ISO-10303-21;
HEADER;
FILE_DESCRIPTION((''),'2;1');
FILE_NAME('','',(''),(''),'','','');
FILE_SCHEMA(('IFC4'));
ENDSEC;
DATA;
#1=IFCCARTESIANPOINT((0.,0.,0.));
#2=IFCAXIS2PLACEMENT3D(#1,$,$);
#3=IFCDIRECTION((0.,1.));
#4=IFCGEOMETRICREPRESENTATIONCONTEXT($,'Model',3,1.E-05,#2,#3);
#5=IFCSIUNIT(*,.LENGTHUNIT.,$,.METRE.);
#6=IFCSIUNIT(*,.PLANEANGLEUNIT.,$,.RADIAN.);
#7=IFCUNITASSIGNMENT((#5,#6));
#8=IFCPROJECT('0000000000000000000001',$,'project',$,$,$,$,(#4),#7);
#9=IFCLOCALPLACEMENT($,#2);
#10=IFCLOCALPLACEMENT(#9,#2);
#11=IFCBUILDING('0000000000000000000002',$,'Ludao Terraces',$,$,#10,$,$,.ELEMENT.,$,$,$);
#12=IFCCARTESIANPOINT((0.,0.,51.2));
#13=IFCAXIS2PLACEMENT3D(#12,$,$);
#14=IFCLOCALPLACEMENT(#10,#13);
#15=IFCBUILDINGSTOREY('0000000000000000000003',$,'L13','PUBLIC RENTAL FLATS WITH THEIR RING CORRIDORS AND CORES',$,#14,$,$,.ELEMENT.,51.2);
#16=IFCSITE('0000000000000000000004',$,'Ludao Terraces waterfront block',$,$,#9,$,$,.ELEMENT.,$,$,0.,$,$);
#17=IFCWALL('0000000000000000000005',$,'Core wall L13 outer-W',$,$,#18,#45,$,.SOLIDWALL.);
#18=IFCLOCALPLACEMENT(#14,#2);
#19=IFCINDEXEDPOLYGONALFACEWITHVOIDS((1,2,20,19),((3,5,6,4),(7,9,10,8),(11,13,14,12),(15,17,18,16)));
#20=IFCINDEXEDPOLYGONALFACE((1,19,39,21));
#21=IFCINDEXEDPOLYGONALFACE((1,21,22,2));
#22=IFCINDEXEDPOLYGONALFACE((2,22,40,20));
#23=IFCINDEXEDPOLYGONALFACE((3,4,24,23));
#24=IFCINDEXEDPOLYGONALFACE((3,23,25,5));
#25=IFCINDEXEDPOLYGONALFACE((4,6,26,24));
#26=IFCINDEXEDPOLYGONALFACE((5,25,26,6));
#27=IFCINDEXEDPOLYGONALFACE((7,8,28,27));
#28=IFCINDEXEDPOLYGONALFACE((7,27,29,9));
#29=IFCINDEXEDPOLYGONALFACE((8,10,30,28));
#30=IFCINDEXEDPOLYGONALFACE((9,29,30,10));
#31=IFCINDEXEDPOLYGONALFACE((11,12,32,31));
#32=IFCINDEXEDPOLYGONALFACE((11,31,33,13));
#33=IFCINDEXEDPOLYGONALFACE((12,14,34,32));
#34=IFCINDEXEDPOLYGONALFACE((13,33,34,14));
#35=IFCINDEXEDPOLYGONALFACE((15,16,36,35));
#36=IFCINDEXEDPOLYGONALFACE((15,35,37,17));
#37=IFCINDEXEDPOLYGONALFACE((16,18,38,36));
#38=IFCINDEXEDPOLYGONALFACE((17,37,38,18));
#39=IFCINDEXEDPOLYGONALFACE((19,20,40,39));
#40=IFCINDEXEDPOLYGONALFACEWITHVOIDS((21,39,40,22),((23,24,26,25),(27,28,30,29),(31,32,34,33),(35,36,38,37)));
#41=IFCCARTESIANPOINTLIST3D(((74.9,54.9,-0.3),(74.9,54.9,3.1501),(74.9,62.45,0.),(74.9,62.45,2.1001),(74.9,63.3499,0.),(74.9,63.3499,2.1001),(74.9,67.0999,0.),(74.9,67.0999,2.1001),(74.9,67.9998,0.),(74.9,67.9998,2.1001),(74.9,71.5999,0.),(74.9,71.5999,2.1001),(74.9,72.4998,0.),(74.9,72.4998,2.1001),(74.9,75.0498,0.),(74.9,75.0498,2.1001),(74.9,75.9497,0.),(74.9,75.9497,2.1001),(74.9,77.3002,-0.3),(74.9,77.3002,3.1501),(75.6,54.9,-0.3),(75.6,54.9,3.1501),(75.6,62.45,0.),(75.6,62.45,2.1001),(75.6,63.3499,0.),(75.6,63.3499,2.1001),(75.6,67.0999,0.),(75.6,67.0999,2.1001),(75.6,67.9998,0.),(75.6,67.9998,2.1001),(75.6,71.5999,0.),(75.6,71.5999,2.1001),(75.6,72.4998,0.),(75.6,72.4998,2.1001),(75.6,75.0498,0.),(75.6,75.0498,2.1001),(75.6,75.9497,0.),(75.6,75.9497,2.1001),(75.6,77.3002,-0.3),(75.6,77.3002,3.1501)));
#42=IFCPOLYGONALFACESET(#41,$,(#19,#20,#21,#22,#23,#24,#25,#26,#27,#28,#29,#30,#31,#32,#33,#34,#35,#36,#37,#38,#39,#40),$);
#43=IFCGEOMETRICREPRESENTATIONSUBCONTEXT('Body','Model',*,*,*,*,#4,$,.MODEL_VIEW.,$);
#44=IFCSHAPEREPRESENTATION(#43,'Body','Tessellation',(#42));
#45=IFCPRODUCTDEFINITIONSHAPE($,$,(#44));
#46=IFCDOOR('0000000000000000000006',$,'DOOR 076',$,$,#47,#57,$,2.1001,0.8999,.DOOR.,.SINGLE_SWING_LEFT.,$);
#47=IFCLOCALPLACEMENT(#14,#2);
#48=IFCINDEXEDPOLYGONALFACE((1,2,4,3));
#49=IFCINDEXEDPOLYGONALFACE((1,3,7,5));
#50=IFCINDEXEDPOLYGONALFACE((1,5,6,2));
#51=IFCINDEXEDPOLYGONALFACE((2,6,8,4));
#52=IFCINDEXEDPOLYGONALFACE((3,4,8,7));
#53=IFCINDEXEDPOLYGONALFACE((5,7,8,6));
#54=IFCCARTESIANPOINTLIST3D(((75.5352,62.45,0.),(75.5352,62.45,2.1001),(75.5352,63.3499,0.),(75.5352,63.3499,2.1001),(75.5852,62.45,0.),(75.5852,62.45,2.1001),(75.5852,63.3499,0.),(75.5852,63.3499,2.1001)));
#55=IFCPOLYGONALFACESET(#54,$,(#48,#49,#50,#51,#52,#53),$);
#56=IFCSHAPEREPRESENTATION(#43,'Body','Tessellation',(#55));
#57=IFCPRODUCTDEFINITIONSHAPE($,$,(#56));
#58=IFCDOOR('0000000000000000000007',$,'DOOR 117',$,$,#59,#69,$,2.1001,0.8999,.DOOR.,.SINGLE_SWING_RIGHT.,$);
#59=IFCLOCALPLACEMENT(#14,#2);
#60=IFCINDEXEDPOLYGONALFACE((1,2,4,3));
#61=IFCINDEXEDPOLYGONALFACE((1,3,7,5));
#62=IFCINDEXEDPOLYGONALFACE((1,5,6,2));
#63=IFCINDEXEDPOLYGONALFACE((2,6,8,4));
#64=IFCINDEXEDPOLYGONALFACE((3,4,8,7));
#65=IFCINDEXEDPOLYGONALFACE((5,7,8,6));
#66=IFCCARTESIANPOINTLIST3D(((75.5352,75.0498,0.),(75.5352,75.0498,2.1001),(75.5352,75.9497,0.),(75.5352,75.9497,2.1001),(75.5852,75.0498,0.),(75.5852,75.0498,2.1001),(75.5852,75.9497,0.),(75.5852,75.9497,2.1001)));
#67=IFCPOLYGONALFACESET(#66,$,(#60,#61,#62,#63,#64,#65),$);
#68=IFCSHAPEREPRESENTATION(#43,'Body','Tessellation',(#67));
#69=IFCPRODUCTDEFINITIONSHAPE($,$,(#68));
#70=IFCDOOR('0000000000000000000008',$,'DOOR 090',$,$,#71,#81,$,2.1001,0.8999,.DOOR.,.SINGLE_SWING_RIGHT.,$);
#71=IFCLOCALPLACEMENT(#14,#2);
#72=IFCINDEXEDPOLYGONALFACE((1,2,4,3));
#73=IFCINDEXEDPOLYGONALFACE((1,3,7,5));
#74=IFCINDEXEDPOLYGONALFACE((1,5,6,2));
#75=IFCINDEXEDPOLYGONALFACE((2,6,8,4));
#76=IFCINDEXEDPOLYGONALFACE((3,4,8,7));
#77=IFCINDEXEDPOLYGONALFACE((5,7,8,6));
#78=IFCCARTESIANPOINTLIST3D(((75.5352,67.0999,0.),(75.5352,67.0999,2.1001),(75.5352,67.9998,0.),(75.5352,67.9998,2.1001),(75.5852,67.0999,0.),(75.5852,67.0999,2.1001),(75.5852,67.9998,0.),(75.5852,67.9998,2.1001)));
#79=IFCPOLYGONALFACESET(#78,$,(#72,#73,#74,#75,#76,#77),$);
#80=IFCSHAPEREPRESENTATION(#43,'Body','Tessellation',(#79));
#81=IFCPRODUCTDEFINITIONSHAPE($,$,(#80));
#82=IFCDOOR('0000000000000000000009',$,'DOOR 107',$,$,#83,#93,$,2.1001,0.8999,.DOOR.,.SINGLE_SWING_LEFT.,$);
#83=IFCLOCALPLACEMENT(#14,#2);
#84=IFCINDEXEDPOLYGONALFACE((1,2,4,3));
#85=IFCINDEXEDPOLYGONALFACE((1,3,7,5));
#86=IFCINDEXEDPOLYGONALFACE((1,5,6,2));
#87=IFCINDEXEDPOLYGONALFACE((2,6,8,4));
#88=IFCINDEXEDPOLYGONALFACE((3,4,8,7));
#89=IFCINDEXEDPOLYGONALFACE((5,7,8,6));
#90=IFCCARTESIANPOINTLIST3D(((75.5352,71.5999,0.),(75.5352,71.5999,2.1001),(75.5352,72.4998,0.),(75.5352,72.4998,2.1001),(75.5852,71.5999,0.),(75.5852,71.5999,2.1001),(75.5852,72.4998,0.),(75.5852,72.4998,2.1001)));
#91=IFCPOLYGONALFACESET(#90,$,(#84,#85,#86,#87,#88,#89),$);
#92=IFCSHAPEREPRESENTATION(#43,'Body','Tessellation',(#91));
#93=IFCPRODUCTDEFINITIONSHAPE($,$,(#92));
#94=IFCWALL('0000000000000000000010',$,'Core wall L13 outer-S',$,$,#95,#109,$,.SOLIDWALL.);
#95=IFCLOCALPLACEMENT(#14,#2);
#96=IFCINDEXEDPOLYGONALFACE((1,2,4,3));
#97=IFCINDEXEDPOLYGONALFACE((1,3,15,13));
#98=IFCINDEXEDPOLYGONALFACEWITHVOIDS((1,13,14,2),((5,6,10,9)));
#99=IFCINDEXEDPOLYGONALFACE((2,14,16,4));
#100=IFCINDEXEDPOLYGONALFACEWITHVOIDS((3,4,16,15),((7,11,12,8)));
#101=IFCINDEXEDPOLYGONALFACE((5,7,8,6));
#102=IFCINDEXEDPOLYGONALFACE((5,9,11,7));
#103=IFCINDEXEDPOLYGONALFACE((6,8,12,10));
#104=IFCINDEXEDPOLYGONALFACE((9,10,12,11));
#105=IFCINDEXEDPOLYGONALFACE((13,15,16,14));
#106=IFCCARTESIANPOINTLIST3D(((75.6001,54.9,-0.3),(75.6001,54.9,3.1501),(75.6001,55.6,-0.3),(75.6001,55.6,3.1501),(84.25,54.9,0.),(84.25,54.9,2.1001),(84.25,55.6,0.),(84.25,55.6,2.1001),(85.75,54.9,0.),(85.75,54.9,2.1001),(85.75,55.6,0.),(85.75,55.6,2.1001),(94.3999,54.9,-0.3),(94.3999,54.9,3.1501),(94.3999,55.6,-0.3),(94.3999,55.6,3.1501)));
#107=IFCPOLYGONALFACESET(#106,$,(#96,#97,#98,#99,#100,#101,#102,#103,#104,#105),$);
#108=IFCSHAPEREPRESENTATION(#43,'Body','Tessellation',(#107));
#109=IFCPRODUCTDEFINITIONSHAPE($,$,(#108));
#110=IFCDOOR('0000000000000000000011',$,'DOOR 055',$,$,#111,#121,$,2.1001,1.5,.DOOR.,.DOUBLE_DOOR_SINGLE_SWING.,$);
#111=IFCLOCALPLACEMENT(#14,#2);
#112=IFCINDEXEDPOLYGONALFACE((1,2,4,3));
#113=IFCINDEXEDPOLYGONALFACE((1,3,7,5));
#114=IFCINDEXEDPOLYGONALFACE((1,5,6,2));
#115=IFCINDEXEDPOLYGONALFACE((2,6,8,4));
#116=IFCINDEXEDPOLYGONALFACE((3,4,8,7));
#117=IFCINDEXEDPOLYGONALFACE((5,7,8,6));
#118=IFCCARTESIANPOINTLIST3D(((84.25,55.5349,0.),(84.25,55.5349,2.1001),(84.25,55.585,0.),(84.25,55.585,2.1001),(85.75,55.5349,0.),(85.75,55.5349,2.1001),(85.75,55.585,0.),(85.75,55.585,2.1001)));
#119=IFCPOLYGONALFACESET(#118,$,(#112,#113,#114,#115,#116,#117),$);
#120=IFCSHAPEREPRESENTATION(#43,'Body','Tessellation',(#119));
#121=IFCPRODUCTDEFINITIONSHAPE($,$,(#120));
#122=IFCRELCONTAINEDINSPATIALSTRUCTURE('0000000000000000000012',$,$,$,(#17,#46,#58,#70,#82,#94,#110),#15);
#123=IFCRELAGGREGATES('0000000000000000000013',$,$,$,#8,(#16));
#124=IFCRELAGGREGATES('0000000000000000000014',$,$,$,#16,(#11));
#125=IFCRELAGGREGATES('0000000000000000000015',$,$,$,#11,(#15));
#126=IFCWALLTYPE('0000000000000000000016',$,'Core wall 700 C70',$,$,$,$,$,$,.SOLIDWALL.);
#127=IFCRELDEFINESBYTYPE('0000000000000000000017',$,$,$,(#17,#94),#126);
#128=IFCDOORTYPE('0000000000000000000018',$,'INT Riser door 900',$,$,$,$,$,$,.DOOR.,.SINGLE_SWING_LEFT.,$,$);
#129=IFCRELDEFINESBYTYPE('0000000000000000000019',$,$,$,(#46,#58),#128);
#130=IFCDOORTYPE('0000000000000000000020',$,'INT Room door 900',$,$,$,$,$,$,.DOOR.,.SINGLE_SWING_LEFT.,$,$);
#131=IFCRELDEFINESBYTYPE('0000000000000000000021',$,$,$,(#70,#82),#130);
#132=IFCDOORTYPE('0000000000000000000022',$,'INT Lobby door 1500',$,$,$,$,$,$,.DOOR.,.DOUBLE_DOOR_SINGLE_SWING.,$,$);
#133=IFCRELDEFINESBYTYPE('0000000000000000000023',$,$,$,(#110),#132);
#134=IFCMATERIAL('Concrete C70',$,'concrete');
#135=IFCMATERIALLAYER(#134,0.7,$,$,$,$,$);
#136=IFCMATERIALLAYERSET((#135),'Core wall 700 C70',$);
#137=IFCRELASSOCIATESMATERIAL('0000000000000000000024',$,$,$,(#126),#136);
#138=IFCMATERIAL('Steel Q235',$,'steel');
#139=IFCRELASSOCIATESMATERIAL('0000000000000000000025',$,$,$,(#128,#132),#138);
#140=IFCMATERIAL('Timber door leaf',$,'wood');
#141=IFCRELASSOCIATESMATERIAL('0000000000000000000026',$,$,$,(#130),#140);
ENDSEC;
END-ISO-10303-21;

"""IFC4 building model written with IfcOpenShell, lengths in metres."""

from ifc_helpers import new_model, si_unit, direction, frame, frame_2d, origin, place, context, subcontext, project, spatial, rectangle, extrude, material, layer, layer_set, type_object, element, fill, save


model = new_model("IFC4")

# Units and contexts
model_context = context("Model", 3, precision=1e-05, world=origin(), true_north=direction((0.0, 1.0)))
body_context = subcontext(model_context, "Body", "Model", "MODEL_VIEW")
ifc_project = project(units=[si_unit("LENGTHUNIT", "METRE"), si_unit("PLANEANGLEUNIT", "RADIAN")], contexts=[model_context])

# Site, building, storey
site_placement = place(None, origin())
site = spatial("IfcSite", under=ifc_project, at=site_placement, Name="Ludao Terraces waterfront block", CompositionType="ELEMENT", RefElevation=0.0)
building_placement = place(site_placement, origin())
building = spatial("IfcBuilding", under=site, at=building_placement, Name="Ludao Terraces", CompositionType="ELEMENT")
storey_placement = place(building_placement, frame((0.0, 0.0, 51.2)))
storey = spatial("IfcBuildingStorey", under=building, at=storey_placement, Name="L13", Description="PUBLIC RENTAL FLATS WITH THEIR RING CORRIDORS AND CORES", CompositionType="ELEMENT", Elevation=51.2)

# Wall, openings, doors
ifc_material_1 = material(Name="Concrete C70", Category="concrete")
ifc_layer_1 = layer(ifc_material_1, 0.7)
ifc_layer_set_1 = layer_set([ifc_layer_1], Name="Core wall 700 C70")
wall_type_1 = type_object("IfcWallType", Name="Core wall 700 C70", PredefinedType="SOLIDWALL", material=ifc_layer_set_1)
wall_1_placement = place(storey_placement, frame((75.25, 54.8999, -0.3), z_axis=(0.0, 0.0, 1.0), x_axis=(0.0, 1.0, 0.0)))
wall_1 = element("IfcWall", 1, at=wall_1_placement, inside=storey, type_object=wall_type_1, Name="Core wall L13 outer-W", PredefinedType="SOLIDWALL", context=body_context, shape_type="SweptSolid", body=[
    extrude(rectangle(XDim=22.4001, YDim=0.7, at=frame_2d((11.2002, 0.0))), origin(), (0.0, 0.0, 1.0), 3.4502),
])
opening_1_placement = place(wall_1_placement, frame((7.55, 0.0, 0.3)))
opening_1 = element("IfcOpeningElement", 2, at=opening_1_placement, cuts=wall_1, PredefinedType="OPENING", context=body_context, shape_type="SweptSolid", body=[
    extrude(rectangle(XDim=0.8999, YDim=2.1001, at=frame_2d((0.45, 1.05))), frame((0.0, 0.3599, 0.0), z_axis=(0.0, -1.0, 0.0), x_axis=(1.0, 0.0, 0.0)), (0.0, 0.0, 1.0), 0.72),
])
opening_2_placement = place(wall_1_placement, frame((12.2, 0.0, 0.3)))
opening_2 = element("IfcOpeningElement", 3, at=opening_2_placement, cuts=wall_1, PredefinedType="OPENING", context=body_context, shape_type="SweptSolid", body=[
    extrude(rectangle(XDim=0.8999, YDim=2.1001, at=frame_2d((0.45, 1.05))), frame((0.0, 0.3599, 0.0), z_axis=(0.0, -1.0, 0.0), x_axis=(1.0, 0.0, 0.0)), (0.0, 0.0, 1.0), 0.72),
])
opening_3_placement = place(wall_1_placement, frame((16.7, 0.0, 0.3)))
opening_3 = element("IfcOpeningElement", 4, at=opening_3_placement, cuts=wall_1, PredefinedType="OPENING", context=body_context, shape_type="SweptSolid", body=[
    extrude(rectangle(XDim=0.8999, YDim=2.1001, at=frame_2d((0.45, 1.05))), frame((0.0, 0.3599, 0.0), z_axis=(0.0, -1.0, 0.0), x_axis=(1.0, 0.0, 0.0)), (0.0, 0.0, 1.0), 0.72),
])
opening_4_placement = place(wall_1_placement, frame((20.1499, 0.0, 0.3)))
opening_4 = element("IfcOpeningElement", 5, at=opening_4_placement, cuts=wall_1, PredefinedType="OPENING", context=body_context, shape_type="SweptSolid", body=[
    extrude(rectangle(XDim=0.8999, YDim=2.1001, at=frame_2d((0.45, 1.05))), frame((0.0, 0.3599, 0.0), z_axis=(0.0, -1.0, 0.0), x_axis=(1.0, 0.0, 0.0)), (0.0, 0.0, 1.0), 0.72),
])
ifc_material_2 = material(Name="Steel Q235", Category="steel")
door_type_1 = type_object("IfcDoorType", Name="INT Riser door 900", OperationType="SINGLE_SWING_LEFT", PredefinedType="DOOR", material=ifc_material_2)
door_1_placement = place(opening_1_placement, origin())
door_1 = element("IfcDoor", 6, at=door_1_placement, inside=storey, type_object=door_type_1, Name="DOOR 076", OperationType="SINGLE_SWING_LEFT", OverallHeight=2.1001, OverallWidth=0.8999, PredefinedType="DOOR", context=body_context, shape_type="SweptSolid", body=[
    extrude(rectangle(XDim=0.8999, YDim=2.1001, at=frame_2d((0.45, 1.05))), frame((0.0, -0.2852, 0.0), z_axis=(0.0, -1.0, 0.0), x_axis=(1.0, 0.0, 0.0)), (0.0, 0.0, 1.0), 0.05),
])
fill(opening_1, door_1)
door_2_placement = place(opening_4_placement, origin())
door_2 = element("IfcDoor", 7, at=door_2_placement, inside=storey, type_object=door_type_1, Name="DOOR 117", OperationType="SINGLE_SWING_RIGHT", OverallHeight=2.1001, OverallWidth=0.8999, PredefinedType="DOOR", context=body_context, shape_type="SweptSolid", body=[
    extrude(rectangle(XDim=0.8999, YDim=2.1001, at=frame_2d((0.45, 1.05))), frame((0.0, -0.2852, 0.0), z_axis=(0.0, -1.0, 0.0), x_axis=(1.0, 0.0, 0.0)), (0.0, 0.0, 1.0), 0.05),
])
fill(opening_4, door_2)
ifc_material_3 = material(Name="Timber door leaf", Category="wood")
door_type_2 = type_object("IfcDoorType", Name="INT Room door 900", OperationType="SINGLE_SWING_LEFT", PredefinedType="DOOR", material=ifc_material_3)
door_3_placement = place(opening_2_placement, origin())
door_3 = element("IfcDoor", 8, at=door_3_placement, inside=storey, type_object=door_type_2, Name="DOOR 090", OperationType="SINGLE_SWING_RIGHT", OverallHeight=2.1001, OverallWidth=0.8999, PredefinedType="DOOR", context=body_context, shape_type="SweptSolid", body=[
    extrude(rectangle(XDim=0.8999, YDim=2.1001, at=frame_2d((0.45, 1.05))), frame((0.0, -0.2852, 0.0), z_axis=(0.0, -1.0, 0.0), x_axis=(1.0, 0.0, 0.0)), (0.0, 0.0, 1.0), 0.05),
])
fill(opening_2, door_3)
door_4_placement = place(opening_3_placement, origin())
door_4 = element("IfcDoor", 9, at=door_4_placement, inside=storey, type_object=door_type_2, Name="DOOR 107", OperationType="SINGLE_SWING_LEFT", OverallHeight=2.1001, OverallWidth=0.8999, PredefinedType="DOOR", context=body_context, shape_type="SweptSolid", body=[
    extrude(rectangle(XDim=0.8999, YDim=2.1001, at=frame_2d((0.45, 1.05))), frame((0.0, -0.2852, 0.0), z_axis=(0.0, -1.0, 0.0), x_axis=(1.0, 0.0, 0.0)), (0.0, 0.0, 1.0), 0.05),
])
fill(opening_3, door_4)

# Wall, opening, door
wall_2_placement = place(storey_placement, frame((75.6001, 55.25, -0.3), z_axis=(0.0, 0.0, 1.0), x_axis=(1.0, 0.0, 0.0)))
wall_2 = element("IfcWall", 10, at=wall_2_placement, inside=storey, type_object=wall_type_1, Name="Core wall L13 outer-S", PredefinedType="SOLIDWALL", context=body_context, shape_type="SweptSolid", body=[
    extrude(rectangle(XDim=18.7998, YDim=0.7, at=frame_2d((9.3999, 0.0))), origin(), (0.0, 0.0, 1.0), 3.4502),
])
opening_5_placement = place(wall_2_placement, frame((8.6499, 0.0, 0.3)))
opening_5 = element("IfcOpeningElement", 11, at=opening_5_placement, cuts=wall_2, PredefinedType="OPENING", context=body_context, shape_type="SweptSolid", body=[
    extrude(rectangle(XDim=1.5, YDim=2.1001, at=frame_2d((0.75, 1.05))), frame((0.0, 0.3599, 0.0), z_axis=(0.0, -1.0, 0.0), x_axis=(1.0, 0.0, 0.0)), (0.0, 0.0, 1.0), 0.72),
])
door_type_3 = type_object("IfcDoorType", Name="INT Lobby door 1500", OperationType="DOUBLE_DOOR_SINGLE_SWING", PredefinedType="DOOR", material=ifc_material_2)
door_5_placement = place(opening_5_placement, origin())
door_5 = element("IfcDoor", 12, at=door_5_placement, inside=storey, type_object=door_type_3, Name="DOOR 055", OperationType="DOUBLE_DOOR_SINGLE_SWING", OverallHeight=2.1001, OverallWidth=1.5, PredefinedType="DOOR", context=body_context, shape_type="SweptSolid", body=[
    extrude(rectangle(XDim=1.5, YDim=2.1001, at=frame_2d((0.75, 1.05))), frame((0.0, 0.335, 0.0), z_axis=(0.0, -1.0, 0.0), x_axis=(1.0, 0.0, 0.0)), (0.0, 0.0, 1.0), 0.05),
])
fill(opening_5, door_5)

save(model, "model.ifc")
